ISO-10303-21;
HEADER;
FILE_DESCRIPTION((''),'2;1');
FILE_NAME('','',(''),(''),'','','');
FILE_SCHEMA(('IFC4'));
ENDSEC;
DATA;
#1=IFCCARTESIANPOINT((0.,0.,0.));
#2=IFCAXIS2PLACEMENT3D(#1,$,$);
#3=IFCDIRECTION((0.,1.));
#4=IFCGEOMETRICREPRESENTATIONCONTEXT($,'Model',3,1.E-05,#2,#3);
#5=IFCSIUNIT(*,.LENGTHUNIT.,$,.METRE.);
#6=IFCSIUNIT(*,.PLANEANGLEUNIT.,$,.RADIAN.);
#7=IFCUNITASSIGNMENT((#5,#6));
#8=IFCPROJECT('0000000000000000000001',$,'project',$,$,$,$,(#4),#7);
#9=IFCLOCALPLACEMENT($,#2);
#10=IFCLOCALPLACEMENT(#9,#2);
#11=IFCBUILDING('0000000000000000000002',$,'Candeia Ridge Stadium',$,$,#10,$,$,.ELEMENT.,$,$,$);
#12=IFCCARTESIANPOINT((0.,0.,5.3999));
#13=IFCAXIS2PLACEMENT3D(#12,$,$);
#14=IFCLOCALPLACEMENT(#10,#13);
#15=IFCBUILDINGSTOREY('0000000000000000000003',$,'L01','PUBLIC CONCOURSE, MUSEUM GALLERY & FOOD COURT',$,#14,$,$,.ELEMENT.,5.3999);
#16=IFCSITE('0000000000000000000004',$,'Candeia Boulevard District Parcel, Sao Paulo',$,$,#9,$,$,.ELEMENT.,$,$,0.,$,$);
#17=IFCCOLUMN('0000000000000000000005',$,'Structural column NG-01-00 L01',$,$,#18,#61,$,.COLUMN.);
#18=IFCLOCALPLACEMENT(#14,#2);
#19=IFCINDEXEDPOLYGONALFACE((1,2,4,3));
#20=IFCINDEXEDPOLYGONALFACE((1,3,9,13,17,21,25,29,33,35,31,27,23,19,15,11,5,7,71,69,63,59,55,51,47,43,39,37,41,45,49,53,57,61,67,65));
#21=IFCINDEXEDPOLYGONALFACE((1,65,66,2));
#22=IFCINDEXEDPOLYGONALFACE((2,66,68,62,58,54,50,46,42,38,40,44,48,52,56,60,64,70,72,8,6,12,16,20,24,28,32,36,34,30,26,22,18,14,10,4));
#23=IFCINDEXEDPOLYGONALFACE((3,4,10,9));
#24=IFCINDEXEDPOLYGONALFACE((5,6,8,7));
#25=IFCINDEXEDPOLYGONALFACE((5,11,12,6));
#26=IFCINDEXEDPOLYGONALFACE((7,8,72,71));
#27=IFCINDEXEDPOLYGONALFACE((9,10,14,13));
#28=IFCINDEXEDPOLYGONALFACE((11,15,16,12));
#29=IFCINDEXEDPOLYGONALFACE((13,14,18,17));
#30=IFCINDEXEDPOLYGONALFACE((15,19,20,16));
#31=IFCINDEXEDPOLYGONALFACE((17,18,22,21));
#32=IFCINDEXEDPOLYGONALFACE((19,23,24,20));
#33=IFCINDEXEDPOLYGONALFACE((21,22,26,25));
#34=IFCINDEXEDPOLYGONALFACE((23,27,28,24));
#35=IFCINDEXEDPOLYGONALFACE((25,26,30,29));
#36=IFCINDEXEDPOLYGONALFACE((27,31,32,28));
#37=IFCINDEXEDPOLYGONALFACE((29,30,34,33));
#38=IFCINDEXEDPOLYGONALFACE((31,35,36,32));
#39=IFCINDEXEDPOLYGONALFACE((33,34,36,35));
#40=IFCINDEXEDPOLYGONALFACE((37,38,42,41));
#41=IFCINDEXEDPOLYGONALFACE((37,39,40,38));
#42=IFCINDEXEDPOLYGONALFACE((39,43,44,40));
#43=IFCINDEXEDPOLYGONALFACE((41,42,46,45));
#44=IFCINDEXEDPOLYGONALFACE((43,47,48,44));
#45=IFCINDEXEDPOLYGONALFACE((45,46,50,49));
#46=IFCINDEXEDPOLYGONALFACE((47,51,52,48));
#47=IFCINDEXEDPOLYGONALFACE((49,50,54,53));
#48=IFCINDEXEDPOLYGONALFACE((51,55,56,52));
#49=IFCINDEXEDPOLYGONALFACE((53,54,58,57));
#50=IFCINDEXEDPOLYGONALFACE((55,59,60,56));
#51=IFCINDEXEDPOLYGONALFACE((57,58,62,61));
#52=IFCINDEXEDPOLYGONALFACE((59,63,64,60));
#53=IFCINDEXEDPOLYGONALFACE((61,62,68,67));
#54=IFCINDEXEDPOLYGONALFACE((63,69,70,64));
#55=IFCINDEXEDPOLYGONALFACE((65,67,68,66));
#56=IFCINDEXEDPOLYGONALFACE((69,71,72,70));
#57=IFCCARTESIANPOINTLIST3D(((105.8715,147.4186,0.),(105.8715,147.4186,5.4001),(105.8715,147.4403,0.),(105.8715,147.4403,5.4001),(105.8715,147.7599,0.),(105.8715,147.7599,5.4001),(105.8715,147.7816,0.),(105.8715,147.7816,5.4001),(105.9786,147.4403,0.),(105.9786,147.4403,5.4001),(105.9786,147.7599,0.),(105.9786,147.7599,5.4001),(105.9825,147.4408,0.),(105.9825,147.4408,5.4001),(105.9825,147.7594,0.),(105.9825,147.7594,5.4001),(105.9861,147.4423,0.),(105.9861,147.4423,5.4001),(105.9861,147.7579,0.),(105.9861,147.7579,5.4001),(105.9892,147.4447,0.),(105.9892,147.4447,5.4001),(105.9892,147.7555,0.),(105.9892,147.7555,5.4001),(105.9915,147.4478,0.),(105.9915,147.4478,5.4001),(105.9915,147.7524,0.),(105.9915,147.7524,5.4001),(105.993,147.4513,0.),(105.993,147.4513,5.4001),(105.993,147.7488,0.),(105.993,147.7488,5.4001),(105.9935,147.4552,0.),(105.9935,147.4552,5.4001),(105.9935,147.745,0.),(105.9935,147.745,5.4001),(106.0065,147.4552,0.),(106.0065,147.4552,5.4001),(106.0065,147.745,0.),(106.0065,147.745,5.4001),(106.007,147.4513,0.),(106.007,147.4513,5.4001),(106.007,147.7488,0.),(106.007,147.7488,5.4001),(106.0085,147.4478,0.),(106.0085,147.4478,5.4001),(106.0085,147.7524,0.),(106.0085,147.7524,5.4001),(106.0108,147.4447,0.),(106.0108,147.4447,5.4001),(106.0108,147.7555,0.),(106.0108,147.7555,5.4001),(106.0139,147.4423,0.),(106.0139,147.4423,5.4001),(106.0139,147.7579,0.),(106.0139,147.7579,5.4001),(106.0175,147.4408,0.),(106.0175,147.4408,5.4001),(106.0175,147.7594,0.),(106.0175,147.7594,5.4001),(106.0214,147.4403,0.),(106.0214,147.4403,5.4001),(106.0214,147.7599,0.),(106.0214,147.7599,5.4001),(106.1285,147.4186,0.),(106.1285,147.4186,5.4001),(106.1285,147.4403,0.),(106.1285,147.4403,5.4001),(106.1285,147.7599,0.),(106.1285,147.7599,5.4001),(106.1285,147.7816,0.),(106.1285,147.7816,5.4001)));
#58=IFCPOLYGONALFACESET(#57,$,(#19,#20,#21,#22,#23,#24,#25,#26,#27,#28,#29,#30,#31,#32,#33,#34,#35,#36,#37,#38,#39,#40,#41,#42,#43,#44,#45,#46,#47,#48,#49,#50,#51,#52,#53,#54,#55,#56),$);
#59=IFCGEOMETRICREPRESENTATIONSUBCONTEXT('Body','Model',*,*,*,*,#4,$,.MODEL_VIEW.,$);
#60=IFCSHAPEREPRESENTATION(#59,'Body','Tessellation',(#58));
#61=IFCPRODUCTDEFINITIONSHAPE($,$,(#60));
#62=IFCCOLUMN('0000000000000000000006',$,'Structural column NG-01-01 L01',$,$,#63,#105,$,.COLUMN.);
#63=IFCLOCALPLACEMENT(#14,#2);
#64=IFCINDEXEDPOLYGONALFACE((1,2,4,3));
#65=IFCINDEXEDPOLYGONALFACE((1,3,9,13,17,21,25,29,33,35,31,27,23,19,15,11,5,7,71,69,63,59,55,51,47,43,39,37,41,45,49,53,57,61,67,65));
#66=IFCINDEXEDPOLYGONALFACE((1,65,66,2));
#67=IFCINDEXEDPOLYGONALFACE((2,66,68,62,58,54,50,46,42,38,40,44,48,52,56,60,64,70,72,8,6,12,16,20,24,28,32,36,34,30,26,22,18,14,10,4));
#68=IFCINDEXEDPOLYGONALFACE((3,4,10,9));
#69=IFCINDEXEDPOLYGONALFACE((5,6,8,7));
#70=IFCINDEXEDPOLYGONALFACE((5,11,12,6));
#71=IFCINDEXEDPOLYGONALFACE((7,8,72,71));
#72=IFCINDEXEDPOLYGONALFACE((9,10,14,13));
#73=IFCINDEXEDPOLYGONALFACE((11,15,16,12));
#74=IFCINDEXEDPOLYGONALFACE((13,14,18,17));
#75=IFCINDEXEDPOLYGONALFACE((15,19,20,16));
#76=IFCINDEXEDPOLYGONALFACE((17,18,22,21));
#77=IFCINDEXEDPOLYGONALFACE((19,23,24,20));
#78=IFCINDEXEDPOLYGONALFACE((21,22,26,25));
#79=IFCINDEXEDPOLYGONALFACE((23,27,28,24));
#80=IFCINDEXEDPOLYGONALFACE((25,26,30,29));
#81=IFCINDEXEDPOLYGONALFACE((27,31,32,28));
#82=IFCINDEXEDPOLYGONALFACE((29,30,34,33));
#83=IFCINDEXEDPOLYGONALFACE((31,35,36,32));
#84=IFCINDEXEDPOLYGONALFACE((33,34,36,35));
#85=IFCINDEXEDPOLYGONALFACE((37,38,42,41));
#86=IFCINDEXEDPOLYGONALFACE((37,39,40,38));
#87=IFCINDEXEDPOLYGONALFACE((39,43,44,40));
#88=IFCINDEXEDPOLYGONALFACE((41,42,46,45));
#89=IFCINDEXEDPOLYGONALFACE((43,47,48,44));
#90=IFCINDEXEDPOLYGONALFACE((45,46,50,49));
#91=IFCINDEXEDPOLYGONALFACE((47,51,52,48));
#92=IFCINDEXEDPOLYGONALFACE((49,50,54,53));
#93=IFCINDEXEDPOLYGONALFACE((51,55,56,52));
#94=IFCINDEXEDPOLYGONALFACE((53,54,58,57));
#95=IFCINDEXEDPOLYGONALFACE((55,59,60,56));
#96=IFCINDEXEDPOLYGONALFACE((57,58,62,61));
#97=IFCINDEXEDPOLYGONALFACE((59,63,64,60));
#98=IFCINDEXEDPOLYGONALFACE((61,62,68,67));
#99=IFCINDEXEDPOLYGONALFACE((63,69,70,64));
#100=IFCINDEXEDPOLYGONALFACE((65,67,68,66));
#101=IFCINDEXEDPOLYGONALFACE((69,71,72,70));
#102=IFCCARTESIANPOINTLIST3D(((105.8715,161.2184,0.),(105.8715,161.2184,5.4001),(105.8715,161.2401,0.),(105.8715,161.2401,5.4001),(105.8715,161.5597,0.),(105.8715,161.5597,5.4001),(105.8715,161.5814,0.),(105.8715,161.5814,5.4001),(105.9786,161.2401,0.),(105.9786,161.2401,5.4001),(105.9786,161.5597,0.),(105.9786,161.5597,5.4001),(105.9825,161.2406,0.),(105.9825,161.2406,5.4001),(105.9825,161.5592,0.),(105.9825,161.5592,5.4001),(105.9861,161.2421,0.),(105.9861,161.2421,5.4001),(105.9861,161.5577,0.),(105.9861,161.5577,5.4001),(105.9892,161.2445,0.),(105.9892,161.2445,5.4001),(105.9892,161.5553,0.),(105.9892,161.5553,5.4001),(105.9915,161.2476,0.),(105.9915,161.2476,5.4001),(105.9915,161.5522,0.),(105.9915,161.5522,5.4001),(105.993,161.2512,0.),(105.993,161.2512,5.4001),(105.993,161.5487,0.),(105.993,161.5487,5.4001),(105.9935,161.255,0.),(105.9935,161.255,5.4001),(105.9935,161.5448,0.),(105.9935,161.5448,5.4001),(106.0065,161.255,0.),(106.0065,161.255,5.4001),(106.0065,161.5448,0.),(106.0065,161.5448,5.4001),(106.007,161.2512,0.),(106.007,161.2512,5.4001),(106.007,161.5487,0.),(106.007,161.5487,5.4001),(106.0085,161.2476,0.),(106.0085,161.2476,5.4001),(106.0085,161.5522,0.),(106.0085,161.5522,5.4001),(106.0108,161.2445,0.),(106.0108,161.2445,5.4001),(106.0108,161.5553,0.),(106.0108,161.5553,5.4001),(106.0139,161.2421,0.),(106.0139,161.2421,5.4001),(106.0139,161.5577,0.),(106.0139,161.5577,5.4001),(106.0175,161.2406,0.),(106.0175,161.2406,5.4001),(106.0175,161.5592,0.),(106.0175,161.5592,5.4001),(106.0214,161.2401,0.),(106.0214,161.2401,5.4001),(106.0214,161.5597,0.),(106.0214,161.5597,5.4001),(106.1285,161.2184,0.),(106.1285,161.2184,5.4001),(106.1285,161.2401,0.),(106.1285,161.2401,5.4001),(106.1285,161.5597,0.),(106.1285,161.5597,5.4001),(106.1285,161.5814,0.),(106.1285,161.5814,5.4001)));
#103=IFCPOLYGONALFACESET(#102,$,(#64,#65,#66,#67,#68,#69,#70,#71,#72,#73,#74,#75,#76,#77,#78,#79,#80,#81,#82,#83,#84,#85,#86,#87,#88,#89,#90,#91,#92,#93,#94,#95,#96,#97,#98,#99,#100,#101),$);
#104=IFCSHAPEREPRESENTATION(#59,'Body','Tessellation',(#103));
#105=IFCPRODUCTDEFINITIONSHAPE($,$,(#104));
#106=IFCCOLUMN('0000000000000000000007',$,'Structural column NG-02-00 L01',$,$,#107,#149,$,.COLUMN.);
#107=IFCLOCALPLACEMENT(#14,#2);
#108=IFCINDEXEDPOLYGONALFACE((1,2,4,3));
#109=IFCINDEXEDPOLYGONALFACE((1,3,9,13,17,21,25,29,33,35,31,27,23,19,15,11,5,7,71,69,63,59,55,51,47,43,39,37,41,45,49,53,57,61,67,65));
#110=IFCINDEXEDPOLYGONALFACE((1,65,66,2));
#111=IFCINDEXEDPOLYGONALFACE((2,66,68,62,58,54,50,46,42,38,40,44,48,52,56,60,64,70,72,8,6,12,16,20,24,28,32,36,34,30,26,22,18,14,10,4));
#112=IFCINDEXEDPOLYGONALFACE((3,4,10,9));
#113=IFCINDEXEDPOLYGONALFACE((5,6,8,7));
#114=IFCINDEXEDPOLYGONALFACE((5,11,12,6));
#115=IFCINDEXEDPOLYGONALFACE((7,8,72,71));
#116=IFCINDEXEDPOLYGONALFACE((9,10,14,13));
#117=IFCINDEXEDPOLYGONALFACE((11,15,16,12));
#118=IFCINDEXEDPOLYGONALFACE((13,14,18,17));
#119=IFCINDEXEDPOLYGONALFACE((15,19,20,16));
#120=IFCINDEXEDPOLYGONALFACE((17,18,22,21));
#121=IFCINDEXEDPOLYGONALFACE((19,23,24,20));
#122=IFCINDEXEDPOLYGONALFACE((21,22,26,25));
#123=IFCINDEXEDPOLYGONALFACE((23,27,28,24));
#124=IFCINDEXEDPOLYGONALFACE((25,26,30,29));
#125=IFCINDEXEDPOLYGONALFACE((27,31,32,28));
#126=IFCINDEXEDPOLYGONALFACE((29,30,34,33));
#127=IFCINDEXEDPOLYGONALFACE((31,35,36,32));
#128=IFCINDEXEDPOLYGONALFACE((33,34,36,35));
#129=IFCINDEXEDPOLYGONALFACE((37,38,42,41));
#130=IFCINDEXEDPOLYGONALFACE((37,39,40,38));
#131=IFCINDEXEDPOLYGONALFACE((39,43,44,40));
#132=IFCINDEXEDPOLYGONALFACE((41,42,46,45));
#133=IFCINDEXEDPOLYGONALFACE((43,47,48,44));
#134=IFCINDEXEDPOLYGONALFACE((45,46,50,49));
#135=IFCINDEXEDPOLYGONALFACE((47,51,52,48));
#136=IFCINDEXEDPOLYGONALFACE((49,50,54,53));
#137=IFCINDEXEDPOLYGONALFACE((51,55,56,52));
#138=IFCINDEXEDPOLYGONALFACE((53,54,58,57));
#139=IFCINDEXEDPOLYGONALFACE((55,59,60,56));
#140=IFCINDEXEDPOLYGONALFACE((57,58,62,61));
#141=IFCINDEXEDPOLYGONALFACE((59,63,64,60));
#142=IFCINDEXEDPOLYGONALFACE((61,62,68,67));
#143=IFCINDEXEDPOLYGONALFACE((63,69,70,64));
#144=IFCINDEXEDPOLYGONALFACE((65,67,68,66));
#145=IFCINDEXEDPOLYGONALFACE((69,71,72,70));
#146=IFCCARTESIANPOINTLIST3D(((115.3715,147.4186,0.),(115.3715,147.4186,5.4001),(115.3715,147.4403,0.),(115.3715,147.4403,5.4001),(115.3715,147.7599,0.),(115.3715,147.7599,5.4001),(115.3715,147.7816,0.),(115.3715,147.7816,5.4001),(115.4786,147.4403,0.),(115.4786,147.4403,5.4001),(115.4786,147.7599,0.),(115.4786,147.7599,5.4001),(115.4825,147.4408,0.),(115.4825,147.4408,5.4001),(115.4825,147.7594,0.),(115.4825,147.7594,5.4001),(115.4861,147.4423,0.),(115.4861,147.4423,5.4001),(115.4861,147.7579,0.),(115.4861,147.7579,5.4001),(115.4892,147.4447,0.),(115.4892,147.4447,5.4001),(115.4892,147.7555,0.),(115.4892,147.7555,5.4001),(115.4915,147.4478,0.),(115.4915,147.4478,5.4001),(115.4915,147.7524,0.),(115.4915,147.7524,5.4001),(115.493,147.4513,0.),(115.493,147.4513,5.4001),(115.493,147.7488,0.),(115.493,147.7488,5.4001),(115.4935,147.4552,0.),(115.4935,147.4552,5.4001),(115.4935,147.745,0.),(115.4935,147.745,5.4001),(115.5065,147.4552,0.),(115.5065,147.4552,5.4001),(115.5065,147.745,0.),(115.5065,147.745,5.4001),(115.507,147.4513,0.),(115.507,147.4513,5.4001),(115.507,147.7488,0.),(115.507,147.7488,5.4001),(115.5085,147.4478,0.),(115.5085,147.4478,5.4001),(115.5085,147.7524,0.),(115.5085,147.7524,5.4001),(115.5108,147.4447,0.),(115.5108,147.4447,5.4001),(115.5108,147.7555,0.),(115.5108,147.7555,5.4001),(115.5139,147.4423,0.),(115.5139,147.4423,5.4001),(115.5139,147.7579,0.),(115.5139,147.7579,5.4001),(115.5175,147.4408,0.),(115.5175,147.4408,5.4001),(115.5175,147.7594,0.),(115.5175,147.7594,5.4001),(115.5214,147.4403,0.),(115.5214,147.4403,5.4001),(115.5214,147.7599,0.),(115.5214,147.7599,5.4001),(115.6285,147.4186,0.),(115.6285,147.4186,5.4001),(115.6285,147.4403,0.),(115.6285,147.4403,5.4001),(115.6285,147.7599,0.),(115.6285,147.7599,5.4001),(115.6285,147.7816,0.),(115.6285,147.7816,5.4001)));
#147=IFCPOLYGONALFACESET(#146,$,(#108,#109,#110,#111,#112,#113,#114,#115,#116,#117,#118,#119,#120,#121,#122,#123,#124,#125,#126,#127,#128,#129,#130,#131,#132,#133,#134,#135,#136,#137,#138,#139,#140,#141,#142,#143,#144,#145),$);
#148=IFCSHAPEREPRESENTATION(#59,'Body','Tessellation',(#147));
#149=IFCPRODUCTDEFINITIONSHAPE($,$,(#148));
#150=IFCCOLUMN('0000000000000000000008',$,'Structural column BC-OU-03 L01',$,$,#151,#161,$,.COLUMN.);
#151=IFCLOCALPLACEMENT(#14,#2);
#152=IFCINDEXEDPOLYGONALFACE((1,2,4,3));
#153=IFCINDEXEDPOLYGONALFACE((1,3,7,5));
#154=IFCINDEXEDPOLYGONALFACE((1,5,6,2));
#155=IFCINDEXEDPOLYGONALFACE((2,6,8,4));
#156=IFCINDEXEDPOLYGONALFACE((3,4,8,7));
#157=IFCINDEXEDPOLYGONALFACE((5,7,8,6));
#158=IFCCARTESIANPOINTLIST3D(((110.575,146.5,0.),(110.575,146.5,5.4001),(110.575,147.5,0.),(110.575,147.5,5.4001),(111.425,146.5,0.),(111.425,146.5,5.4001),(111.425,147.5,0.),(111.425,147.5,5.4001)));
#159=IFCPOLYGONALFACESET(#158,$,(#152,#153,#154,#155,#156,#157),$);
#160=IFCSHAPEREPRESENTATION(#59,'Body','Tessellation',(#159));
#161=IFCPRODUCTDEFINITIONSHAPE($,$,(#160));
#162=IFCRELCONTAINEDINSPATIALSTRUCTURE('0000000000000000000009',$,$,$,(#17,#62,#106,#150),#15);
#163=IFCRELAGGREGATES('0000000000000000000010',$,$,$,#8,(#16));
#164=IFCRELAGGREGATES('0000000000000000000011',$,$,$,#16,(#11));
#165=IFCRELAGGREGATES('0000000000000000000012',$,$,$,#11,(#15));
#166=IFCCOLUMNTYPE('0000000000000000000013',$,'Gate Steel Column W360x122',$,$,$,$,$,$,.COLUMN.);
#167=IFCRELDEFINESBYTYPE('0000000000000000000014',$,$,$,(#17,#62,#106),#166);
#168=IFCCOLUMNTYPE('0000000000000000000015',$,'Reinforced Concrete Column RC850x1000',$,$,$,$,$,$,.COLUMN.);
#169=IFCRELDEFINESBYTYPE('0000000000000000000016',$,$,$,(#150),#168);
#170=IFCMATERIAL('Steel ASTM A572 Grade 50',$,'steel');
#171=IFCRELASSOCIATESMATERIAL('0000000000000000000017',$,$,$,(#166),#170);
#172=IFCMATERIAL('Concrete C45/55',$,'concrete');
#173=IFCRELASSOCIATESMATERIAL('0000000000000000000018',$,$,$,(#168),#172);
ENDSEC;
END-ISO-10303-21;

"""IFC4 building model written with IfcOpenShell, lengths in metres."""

from ifc_helpers import new_model, si_unit, direction, frame, origin, origin_2d, place, context, subcontext, project, spatial, rectangle, i_section, extrude, material, material_profile, profile_set, type_object, element, save


model = new_model("IFC4")

# Units and contexts
model_context = context("Model", 3, precision=1e-05, world=origin(), true_north=direction((0.0, 1.0)))
body_context = subcontext(model_context, "Body", "Model", "MODEL_VIEW")
ifc_project = project(units=[si_unit("LENGTHUNIT", "METRE"), si_unit("PLANEANGLEUNIT", "RADIAN")], contexts=[model_context])

# Site, building, storey
site_placement = place(None, origin())
site = spatial("IfcSite", under=ifc_project, at=site_placement, Name="Candeia Boulevard District Parcel, Sao Paulo", CompositionType="ELEMENT", RefElevation=0.0)
building_placement = place(site_placement, origin())
building = spatial("IfcBuilding", under=site, at=building_placement, Name="Candeia Ridge Stadium", CompositionType="ELEMENT")
storey_placement = place(building_placement, frame((0.0, 0.0, 5.3999)))
storey = spatial("IfcBuildingStorey", under=building, at=storey_placement, Name="L01", Description="PUBLIC CONCOURSE, MUSEUM GALLERY & FOOD COURT", CompositionType="ELEMENT", Elevation=5.3999)

# Columns
ifc_material_1 = material(Name="Steel ASTM A572 Grade 50", Category="steel")
ifc_material_profile_1 = material_profile(ifc_material_1, i_section(OverallWidth=0.2571, OverallDepth=0.363, WebThickness=0.0129, FlangeThickness=0.0217, FilletRadius=0.0149, at=origin_2d()), Name="W360x122", Category="steel")
ifc_profile_set_1 = profile_set([ifc_material_profile_1], Name="Steel ASTM A572 Grade 50")
column_type_1 = type_object("IfcColumnType", Name="Gate Steel Column W360x122", PredefinedType="COLUMN", material=ifc_profile_set_1)
for number, where, z_axis, x_axis, name in (
    (1, (106.0, 147.6001, 0.0), (0.0, 0.0, 1.0), (1.0, 0.0, 0.0), "Structural column NG-01-00 L01"),
    (2, (106.0, 161.3999, 0.0), (0.0, 0.0, 1.0), (1.0, 0.0, 0.0), "Structural column NG-01-01 L01"),
    (3, (115.5, 147.6001, 0.0), (0.0, 0.0, 1.0), (1.0, 0.0, 0.0), "Structural column NG-02-00 L01"),
):
    element("IfcColumn", number, at=place(storey_placement, frame(where, z_axis=z_axis, x_axis=x_axis)), inside=storey, type_object=column_type_1, Name=name, PredefinedType="COLUMN", context=body_context, shape_type="SweptSolid", body=[
        extrude(i_section(OverallWidth=0.2571, OverallDepth=0.363, WebThickness=0.0129, FlangeThickness=0.0217, FilletRadius=0.0149, at=origin_2d()), origin(), (0.0, 0.0, 1.0), 5.4001),
    ])
ifc_material_2 = material(Name="Concrete C45/55", Category="concrete")
ifc_material_profile_2 = material_profile(ifc_material_2, rectangle(XDim=0.8501, YDim=1.0, at=origin_2d()), Name="RC850x1000", Category="concrete")
ifc_profile_set_2 = profile_set([ifc_material_profile_2], Name="Concrete C45/55")
column_type_2 = type_object("IfcColumnType", Name="Reinforced Concrete Column RC850x1000", PredefinedType="COLUMN", material=ifc_profile_set_2)
column_placement = place(storey_placement, frame((111.0, 147.0, 0.0), z_axis=(0.0, 0.0, 1.0), x_axis=(1.0, 0.0, 0.0)))
element("IfcColumn", 4, at=column_placement, inside=storey, type_object=column_type_2, Name="Structural column BC-OU-03 L01", PredefinedType="COLUMN", context=body_context, shape_type="SweptSolid", body=[
    extrude(rectangle(XDim=0.8501, YDim=1.0, at=origin_2d()), origin(), (0.0, 0.0, 1.0), 5.4001),
])

save(model, "model.ifc")
